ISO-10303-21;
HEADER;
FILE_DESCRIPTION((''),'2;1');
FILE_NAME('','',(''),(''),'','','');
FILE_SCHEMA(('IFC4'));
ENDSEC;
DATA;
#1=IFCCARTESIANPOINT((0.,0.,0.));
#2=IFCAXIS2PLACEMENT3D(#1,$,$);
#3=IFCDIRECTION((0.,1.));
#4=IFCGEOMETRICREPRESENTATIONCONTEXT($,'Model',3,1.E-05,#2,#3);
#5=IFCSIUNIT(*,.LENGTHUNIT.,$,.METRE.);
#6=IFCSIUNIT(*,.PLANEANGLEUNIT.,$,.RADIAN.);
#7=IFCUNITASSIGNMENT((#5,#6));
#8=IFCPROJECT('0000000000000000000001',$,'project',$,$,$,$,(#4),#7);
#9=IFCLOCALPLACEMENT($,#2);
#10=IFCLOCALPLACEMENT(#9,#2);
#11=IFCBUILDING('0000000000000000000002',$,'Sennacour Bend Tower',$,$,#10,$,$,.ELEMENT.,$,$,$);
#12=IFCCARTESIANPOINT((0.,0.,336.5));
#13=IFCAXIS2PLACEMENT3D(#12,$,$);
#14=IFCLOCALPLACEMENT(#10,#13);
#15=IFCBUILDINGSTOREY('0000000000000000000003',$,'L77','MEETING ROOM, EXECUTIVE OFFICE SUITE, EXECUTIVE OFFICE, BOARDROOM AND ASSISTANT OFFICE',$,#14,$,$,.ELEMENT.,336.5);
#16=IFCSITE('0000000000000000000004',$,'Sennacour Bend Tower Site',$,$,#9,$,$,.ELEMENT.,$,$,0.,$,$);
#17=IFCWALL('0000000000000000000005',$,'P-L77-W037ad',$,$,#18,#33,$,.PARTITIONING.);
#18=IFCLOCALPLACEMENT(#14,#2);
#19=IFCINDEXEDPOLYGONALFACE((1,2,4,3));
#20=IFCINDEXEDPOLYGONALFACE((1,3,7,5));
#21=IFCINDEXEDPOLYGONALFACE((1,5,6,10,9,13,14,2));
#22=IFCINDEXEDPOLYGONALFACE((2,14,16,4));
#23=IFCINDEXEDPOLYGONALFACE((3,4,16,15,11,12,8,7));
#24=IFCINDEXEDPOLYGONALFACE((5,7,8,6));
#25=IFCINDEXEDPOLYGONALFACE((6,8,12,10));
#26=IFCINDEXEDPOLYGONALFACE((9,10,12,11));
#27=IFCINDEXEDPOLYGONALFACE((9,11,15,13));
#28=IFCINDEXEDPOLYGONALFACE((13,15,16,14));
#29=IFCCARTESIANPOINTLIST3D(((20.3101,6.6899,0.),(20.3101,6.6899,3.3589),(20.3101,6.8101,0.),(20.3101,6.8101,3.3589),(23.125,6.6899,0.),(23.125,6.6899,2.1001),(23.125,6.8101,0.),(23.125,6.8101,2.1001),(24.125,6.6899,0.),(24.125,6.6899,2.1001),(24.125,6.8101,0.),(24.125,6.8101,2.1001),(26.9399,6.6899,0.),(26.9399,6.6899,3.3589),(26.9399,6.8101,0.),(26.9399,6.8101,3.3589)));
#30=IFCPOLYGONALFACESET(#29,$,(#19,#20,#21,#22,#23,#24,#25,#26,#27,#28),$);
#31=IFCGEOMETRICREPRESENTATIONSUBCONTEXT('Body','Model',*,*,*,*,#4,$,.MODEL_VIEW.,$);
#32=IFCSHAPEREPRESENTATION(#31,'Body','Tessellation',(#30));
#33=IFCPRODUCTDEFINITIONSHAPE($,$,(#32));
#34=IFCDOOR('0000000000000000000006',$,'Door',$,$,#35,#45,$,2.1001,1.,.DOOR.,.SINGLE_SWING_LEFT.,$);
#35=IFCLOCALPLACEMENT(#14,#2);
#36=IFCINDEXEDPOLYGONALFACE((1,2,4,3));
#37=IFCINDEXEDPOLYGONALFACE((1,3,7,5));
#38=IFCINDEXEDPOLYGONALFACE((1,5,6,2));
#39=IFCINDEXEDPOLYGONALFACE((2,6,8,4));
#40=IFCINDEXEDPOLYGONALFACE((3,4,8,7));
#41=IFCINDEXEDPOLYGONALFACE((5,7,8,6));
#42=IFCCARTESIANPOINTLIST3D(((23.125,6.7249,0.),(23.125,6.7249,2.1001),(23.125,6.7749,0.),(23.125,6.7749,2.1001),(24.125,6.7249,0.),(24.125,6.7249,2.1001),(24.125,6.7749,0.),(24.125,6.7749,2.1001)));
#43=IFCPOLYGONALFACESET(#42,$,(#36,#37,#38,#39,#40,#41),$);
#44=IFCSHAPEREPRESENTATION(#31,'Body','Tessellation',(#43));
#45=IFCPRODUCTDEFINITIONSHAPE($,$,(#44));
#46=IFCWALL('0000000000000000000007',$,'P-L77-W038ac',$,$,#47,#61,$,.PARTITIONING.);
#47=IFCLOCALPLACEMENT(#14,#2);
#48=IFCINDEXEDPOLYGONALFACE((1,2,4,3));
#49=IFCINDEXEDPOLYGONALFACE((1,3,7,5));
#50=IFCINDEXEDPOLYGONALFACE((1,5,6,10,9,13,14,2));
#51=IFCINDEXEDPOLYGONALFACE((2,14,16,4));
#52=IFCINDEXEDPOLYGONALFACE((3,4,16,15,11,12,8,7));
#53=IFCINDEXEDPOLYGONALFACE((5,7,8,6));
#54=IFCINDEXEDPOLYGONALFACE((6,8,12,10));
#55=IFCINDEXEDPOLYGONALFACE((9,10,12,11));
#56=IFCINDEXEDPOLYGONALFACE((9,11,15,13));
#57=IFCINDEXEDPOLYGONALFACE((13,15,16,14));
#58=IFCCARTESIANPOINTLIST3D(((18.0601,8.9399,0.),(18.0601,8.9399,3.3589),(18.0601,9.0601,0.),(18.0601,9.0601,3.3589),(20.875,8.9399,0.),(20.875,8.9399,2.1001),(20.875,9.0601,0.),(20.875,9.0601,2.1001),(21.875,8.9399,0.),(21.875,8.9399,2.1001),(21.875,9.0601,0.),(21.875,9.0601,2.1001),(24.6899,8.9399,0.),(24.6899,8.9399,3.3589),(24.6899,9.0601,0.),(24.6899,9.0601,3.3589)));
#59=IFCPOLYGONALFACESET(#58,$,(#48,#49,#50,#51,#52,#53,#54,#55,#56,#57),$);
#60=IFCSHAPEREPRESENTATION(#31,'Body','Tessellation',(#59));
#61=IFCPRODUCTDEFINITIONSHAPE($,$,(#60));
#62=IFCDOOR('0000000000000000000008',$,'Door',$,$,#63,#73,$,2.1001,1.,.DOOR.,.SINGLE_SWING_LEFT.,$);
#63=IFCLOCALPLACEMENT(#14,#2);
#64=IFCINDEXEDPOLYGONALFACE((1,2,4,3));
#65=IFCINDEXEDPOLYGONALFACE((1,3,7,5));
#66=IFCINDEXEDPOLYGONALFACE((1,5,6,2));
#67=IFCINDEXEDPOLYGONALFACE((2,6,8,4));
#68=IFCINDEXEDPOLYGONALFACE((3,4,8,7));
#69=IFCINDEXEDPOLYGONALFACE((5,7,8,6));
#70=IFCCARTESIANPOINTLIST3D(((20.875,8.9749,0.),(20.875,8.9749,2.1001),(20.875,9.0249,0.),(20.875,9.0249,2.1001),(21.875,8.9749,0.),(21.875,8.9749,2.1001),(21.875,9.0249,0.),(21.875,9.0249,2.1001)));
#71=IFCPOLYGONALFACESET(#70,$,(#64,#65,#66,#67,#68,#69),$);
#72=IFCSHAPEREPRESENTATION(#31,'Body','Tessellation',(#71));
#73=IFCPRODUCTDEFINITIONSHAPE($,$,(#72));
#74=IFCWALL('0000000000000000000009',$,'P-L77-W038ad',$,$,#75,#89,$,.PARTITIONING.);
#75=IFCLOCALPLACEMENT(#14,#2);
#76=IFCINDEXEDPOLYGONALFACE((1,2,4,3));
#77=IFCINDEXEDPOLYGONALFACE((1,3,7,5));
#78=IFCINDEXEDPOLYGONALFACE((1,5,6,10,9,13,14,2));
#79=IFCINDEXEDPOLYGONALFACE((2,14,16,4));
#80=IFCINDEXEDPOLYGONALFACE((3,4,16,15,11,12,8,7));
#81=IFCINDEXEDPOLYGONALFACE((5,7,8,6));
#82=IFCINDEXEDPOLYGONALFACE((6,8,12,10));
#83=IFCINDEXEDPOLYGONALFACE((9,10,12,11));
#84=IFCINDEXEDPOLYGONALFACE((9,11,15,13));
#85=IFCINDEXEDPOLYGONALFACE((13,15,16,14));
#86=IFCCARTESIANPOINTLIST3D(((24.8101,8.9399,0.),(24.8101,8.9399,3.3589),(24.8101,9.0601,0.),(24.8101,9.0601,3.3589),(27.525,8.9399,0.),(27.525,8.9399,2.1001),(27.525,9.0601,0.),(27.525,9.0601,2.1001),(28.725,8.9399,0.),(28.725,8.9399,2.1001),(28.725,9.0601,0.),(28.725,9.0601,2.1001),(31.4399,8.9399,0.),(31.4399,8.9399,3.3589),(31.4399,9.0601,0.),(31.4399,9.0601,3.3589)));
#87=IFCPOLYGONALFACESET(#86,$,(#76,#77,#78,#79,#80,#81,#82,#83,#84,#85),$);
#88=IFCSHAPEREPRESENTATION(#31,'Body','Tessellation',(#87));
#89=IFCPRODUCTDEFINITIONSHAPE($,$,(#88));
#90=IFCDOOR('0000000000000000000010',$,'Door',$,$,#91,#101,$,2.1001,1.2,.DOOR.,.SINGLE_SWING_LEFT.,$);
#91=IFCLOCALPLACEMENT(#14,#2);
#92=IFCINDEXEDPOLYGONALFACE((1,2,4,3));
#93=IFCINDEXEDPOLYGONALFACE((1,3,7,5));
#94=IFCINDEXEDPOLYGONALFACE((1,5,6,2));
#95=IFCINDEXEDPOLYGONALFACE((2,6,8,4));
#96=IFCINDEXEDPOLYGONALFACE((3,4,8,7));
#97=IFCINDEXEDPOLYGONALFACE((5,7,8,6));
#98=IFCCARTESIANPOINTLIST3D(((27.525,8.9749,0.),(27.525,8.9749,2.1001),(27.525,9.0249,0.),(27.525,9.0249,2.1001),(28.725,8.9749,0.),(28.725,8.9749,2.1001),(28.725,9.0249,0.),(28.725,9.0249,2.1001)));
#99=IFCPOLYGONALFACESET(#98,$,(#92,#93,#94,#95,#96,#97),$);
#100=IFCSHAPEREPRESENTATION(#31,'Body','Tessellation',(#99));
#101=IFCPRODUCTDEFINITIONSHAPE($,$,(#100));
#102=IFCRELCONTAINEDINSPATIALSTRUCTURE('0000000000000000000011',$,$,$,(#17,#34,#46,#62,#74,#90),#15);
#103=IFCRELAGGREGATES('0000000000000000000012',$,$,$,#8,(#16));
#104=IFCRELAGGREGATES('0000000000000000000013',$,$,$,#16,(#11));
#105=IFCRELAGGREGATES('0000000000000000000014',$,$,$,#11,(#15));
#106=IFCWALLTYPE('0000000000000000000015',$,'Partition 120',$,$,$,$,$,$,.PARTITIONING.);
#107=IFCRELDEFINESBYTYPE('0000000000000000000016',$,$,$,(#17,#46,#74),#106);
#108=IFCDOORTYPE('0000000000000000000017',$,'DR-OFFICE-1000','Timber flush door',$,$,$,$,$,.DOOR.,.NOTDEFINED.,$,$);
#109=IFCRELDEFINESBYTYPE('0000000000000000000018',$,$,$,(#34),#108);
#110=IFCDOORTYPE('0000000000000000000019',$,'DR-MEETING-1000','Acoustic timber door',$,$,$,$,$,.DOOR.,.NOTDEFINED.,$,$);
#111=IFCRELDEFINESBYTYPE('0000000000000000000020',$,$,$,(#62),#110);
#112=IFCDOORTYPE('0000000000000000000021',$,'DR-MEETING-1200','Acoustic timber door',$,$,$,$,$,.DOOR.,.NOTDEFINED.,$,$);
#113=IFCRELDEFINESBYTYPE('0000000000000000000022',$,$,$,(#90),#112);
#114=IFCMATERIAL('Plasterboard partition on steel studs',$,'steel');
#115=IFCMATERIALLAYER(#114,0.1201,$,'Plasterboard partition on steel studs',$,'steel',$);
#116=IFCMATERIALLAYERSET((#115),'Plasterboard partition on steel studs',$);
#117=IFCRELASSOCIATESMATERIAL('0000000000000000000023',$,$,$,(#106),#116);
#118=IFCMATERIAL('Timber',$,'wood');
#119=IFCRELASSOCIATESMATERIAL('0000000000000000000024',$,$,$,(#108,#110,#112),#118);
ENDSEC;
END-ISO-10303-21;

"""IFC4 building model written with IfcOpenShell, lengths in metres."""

from ifc_helpers import new_model, si_unit, direction, frame, frame_2d, origin, place, context, subcontext, project, spatial, rectangle, extrude, material, layer, layer_set, type_object, element, fill, save


model = new_model("IFC4")

# Units and contexts
model_context = context("Model", 3, precision=1e-05, world=origin(), true_north=direction((0.0, 1.0)))
body_context = subcontext(model_context, "Body", "Model", "MODEL_VIEW")
ifc_project = project(units=[si_unit("LENGTHUNIT", "METRE"), si_unit("PLANEANGLEUNIT", "RADIAN")], contexts=[model_context])

# Site, building, storey
site_placement = place(None, origin())
site = spatial("IfcSite", under=ifc_project, at=site_placement, Name="Sennacour Bend Tower Site", CompositionType="ELEMENT", RefElevation=0.0)
building_placement = place(site_placement, origin())
building = spatial("IfcBuilding", under=site, at=building_placement, Name="Sennacour Bend Tower", CompositionType="ELEMENT")
storey_placement = place(building_placement, frame((0.0, 0.0, 336.5)))
storey = spatial("IfcBuildingStorey", under=building, at=storey_placement, Name="L77", Description="MEETING ROOM, EXECUTIVE OFFICE SUITE, EXECUTIVE OFFICE, BOARDROOM AND ASSISTANT OFFICE", CompositionType="ELEMENT", Elevation=336.5)

# Shared definitions
ifc_material_1 = material(Name="Plasterboard partition on steel studs", Category="steel")
ifc_layer_1 = layer(ifc_material_1, 0.1201, Name="Plasterboard partition on steel studs", Category="steel")
ifc_layer_set_1 = layer_set([ifc_layer_1], Name="Plasterboard partition on steel studs")
wall_type = type_object("IfcWallType", Name="Partition 120", PredefinedType="PARTITIONING", material=ifc_layer_set_1)

# Walls, openings, doors
wall_1_placement = place(storey_placement, frame((20.3101, 6.75, 0.0), z_axis=(0.0, 0.0, 1.0), x_axis=(1.0, 0.0, 0.0)))
wall_1 = element("IfcWall", 1, at=wall_1_placement, inside=storey, type_object=wall_type, Name="P-L77-W037ad", PredefinedType="PARTITIONING", context=body_context, shape_type="SweptSolid", body=[
    extrude(rectangle(XDim=6.6299, YDim=0.1201, at=frame_2d((3.3149, 0.0))), origin(), (0.0, 0.0, 1.0), 3.3589),
])
opening_1_placement = place(wall_1_placement, frame((2.8149, 0.0, 0.0)))
opening_1 = element("IfcOpeningElement", 2, at=opening_1_placement, cuts=wall_1, PredefinedType="OPENING", context=body_context, shape_type="SweptSolid", body=[
    extrude(rectangle(XDim=1.0, YDim=2.1001, at=frame_2d((0.5, 1.05))), frame((0.0, 0.0701, 0.0), z_axis=(0.0, -1.0, 0.0), x_axis=(1.0, 0.0, 0.0)), (0.0, 0.0, 1.0), 0.1401),
])
ifc_material_2 = material(Name="Timber", Category="wood")
door_type_1 = type_object("IfcDoorType", Name="DR-OFFICE-1000", Description="Timber flush door", OperationType="NOTDEFINED", PredefinedType="DOOR", material=ifc_material_2)
door_1_placement = place(opening_1_placement, origin())
door_1 = element("IfcDoor", 3, at=door_1_placement, inside=storey, type_object=door_type_1, Name="Door", OperationType="SINGLE_SWING_LEFT", OverallHeight=2.1001, OverallWidth=1.0, PredefinedType="DOOR", context=body_context, shape_type="SweptSolid", body=[
    extrude(rectangle(XDim=1.0, YDim=2.1001, at=frame_2d((0.5, 1.05))), frame((0.0, 0.0249, 0.0), z_axis=(0.0, -1.0, 0.0), x_axis=(1.0, 0.0, 0.0)), (0.0, 0.0, 1.0), 0.05),
])
fill(opening_1, door_1)
wall_2_placement = place(storey_placement, frame((18.0601, 9.0, 0.0), z_axis=(0.0, 0.0, 1.0), x_axis=(1.0, 0.0, 0.0)))
wall_2 = element("IfcWall", 4, at=wall_2_placement, inside=storey, type_object=wall_type, Name="P-L77-W038ac", PredefinedType="PARTITIONING", context=body_context, shape_type="SweptSolid", body=[
    extrude(rectangle(XDim=6.6299, YDim=0.1201, at=frame_2d((3.3149, 0.0))), origin(), (0.0, 0.0, 1.0), 3.3589),
])
opening_2_placement = place(wall_2_placement, frame((2.8149, 0.0, 0.0)))
opening_2 = element("IfcOpeningElement", 5, at=opening_2_placement, cuts=wall_2, PredefinedType="OPENING", context=body_context, shape_type="SweptSolid", body=[
    extrude(rectangle(XDim=1.0, YDim=2.1001, at=frame_2d((0.5, 1.05))), frame((0.0, 0.0701, 0.0), z_axis=(0.0, -1.0, 0.0), x_axis=(1.0, 0.0, 0.0)), (0.0, 0.0, 1.0), 0.1401),
])
door_type_2 = type_object("IfcDoorType", Name="DR-MEETING-1000", Description="Acoustic timber door", OperationType="NOTDEFINED", PredefinedType="DOOR", material=ifc_material_2)
door_2_placement = place(opening_2_placement, origin())
door_2 = element("IfcDoor", 6, at=door_2_placement, inside=storey, type_object=door_type_2, Name="Door", OperationType="SINGLE_SWING_LEFT", OverallHeight=2.1001, OverallWidth=1.0, PredefinedType="DOOR", context=body_context, shape_type="SweptSolid", body=[
    extrude(rectangle(XDim=1.0, YDim=2.1001, at=frame_2d((0.5, 1.05))), frame((0.0, 0.0249, 0.0), z_axis=(0.0, -1.0, 0.0), x_axis=(1.0, 0.0, 0.0)), (0.0, 0.0, 1.0), 0.05),
])
fill(opening_2, door_2)
wall_3_placement = place(storey_placement, frame((24.8101, 9.0, 0.0), z_axis=(0.0, 0.0, 1.0), x_axis=(1.0, 0.0, 0.0)))
wall_3 = element("IfcWall", 7, at=wall_3_placement, inside=storey, type_object=wall_type, Name="P-L77-W038ad", PredefinedType="PARTITIONING", context=body_context, shape_type="SweptSolid", body=[
    extrude(rectangle(XDim=6.6299, YDim=0.1201, at=frame_2d((3.3149, 0.0))), origin(), (0.0, 0.0, 1.0), 3.3589),
])
opening_3_placement = place(wall_3_placement, frame((2.7148, 0.0, 0.0)))
opening_3 = element("IfcOpeningElement", 8, at=opening_3_placement, cuts=wall_3, PredefinedType="OPENING", context=body_context, shape_type="SweptSolid", body=[
    extrude(rectangle(XDim=1.2, YDim=2.1001, at=frame_2d((0.6001, 1.05))), frame((0.0, 0.0701, 0.0), z_axis=(0.0, -1.0, 0.0), x_axis=(1.0, 0.0, 0.0)), (0.0, 0.0, 1.0), 0.1401),
])
door_type_3 = type_object("IfcDoorType", Name="DR-MEETING-1200", Description="Acoustic timber door", OperationType="NOTDEFINED", PredefinedType="DOOR", material=ifc_material_2)
door_3_placement = place(opening_3_placement, origin())
door_3 = element("IfcDoor", 9, at=door_3_placement, inside=storey, type_object=door_type_3, Name="Door", OperationType="SINGLE_SWING_LEFT", OverallHeight=2.1001, OverallWidth=1.2, PredefinedType="DOOR", context=body_context, shape_type="SweptSolid", body=[
    extrude(rectangle(XDim=1.2, YDim=2.1001, at=frame_2d((0.6001, 1.05))), frame((0.0, 0.0249, 0.0), z_axis=(0.0, -1.0, 0.0), x_axis=(1.0, 0.0, 0.0)), (0.0, 0.0, 1.0), 0.05),
])
fill(opening_3, door_3)

save(model, "model.ifc")
